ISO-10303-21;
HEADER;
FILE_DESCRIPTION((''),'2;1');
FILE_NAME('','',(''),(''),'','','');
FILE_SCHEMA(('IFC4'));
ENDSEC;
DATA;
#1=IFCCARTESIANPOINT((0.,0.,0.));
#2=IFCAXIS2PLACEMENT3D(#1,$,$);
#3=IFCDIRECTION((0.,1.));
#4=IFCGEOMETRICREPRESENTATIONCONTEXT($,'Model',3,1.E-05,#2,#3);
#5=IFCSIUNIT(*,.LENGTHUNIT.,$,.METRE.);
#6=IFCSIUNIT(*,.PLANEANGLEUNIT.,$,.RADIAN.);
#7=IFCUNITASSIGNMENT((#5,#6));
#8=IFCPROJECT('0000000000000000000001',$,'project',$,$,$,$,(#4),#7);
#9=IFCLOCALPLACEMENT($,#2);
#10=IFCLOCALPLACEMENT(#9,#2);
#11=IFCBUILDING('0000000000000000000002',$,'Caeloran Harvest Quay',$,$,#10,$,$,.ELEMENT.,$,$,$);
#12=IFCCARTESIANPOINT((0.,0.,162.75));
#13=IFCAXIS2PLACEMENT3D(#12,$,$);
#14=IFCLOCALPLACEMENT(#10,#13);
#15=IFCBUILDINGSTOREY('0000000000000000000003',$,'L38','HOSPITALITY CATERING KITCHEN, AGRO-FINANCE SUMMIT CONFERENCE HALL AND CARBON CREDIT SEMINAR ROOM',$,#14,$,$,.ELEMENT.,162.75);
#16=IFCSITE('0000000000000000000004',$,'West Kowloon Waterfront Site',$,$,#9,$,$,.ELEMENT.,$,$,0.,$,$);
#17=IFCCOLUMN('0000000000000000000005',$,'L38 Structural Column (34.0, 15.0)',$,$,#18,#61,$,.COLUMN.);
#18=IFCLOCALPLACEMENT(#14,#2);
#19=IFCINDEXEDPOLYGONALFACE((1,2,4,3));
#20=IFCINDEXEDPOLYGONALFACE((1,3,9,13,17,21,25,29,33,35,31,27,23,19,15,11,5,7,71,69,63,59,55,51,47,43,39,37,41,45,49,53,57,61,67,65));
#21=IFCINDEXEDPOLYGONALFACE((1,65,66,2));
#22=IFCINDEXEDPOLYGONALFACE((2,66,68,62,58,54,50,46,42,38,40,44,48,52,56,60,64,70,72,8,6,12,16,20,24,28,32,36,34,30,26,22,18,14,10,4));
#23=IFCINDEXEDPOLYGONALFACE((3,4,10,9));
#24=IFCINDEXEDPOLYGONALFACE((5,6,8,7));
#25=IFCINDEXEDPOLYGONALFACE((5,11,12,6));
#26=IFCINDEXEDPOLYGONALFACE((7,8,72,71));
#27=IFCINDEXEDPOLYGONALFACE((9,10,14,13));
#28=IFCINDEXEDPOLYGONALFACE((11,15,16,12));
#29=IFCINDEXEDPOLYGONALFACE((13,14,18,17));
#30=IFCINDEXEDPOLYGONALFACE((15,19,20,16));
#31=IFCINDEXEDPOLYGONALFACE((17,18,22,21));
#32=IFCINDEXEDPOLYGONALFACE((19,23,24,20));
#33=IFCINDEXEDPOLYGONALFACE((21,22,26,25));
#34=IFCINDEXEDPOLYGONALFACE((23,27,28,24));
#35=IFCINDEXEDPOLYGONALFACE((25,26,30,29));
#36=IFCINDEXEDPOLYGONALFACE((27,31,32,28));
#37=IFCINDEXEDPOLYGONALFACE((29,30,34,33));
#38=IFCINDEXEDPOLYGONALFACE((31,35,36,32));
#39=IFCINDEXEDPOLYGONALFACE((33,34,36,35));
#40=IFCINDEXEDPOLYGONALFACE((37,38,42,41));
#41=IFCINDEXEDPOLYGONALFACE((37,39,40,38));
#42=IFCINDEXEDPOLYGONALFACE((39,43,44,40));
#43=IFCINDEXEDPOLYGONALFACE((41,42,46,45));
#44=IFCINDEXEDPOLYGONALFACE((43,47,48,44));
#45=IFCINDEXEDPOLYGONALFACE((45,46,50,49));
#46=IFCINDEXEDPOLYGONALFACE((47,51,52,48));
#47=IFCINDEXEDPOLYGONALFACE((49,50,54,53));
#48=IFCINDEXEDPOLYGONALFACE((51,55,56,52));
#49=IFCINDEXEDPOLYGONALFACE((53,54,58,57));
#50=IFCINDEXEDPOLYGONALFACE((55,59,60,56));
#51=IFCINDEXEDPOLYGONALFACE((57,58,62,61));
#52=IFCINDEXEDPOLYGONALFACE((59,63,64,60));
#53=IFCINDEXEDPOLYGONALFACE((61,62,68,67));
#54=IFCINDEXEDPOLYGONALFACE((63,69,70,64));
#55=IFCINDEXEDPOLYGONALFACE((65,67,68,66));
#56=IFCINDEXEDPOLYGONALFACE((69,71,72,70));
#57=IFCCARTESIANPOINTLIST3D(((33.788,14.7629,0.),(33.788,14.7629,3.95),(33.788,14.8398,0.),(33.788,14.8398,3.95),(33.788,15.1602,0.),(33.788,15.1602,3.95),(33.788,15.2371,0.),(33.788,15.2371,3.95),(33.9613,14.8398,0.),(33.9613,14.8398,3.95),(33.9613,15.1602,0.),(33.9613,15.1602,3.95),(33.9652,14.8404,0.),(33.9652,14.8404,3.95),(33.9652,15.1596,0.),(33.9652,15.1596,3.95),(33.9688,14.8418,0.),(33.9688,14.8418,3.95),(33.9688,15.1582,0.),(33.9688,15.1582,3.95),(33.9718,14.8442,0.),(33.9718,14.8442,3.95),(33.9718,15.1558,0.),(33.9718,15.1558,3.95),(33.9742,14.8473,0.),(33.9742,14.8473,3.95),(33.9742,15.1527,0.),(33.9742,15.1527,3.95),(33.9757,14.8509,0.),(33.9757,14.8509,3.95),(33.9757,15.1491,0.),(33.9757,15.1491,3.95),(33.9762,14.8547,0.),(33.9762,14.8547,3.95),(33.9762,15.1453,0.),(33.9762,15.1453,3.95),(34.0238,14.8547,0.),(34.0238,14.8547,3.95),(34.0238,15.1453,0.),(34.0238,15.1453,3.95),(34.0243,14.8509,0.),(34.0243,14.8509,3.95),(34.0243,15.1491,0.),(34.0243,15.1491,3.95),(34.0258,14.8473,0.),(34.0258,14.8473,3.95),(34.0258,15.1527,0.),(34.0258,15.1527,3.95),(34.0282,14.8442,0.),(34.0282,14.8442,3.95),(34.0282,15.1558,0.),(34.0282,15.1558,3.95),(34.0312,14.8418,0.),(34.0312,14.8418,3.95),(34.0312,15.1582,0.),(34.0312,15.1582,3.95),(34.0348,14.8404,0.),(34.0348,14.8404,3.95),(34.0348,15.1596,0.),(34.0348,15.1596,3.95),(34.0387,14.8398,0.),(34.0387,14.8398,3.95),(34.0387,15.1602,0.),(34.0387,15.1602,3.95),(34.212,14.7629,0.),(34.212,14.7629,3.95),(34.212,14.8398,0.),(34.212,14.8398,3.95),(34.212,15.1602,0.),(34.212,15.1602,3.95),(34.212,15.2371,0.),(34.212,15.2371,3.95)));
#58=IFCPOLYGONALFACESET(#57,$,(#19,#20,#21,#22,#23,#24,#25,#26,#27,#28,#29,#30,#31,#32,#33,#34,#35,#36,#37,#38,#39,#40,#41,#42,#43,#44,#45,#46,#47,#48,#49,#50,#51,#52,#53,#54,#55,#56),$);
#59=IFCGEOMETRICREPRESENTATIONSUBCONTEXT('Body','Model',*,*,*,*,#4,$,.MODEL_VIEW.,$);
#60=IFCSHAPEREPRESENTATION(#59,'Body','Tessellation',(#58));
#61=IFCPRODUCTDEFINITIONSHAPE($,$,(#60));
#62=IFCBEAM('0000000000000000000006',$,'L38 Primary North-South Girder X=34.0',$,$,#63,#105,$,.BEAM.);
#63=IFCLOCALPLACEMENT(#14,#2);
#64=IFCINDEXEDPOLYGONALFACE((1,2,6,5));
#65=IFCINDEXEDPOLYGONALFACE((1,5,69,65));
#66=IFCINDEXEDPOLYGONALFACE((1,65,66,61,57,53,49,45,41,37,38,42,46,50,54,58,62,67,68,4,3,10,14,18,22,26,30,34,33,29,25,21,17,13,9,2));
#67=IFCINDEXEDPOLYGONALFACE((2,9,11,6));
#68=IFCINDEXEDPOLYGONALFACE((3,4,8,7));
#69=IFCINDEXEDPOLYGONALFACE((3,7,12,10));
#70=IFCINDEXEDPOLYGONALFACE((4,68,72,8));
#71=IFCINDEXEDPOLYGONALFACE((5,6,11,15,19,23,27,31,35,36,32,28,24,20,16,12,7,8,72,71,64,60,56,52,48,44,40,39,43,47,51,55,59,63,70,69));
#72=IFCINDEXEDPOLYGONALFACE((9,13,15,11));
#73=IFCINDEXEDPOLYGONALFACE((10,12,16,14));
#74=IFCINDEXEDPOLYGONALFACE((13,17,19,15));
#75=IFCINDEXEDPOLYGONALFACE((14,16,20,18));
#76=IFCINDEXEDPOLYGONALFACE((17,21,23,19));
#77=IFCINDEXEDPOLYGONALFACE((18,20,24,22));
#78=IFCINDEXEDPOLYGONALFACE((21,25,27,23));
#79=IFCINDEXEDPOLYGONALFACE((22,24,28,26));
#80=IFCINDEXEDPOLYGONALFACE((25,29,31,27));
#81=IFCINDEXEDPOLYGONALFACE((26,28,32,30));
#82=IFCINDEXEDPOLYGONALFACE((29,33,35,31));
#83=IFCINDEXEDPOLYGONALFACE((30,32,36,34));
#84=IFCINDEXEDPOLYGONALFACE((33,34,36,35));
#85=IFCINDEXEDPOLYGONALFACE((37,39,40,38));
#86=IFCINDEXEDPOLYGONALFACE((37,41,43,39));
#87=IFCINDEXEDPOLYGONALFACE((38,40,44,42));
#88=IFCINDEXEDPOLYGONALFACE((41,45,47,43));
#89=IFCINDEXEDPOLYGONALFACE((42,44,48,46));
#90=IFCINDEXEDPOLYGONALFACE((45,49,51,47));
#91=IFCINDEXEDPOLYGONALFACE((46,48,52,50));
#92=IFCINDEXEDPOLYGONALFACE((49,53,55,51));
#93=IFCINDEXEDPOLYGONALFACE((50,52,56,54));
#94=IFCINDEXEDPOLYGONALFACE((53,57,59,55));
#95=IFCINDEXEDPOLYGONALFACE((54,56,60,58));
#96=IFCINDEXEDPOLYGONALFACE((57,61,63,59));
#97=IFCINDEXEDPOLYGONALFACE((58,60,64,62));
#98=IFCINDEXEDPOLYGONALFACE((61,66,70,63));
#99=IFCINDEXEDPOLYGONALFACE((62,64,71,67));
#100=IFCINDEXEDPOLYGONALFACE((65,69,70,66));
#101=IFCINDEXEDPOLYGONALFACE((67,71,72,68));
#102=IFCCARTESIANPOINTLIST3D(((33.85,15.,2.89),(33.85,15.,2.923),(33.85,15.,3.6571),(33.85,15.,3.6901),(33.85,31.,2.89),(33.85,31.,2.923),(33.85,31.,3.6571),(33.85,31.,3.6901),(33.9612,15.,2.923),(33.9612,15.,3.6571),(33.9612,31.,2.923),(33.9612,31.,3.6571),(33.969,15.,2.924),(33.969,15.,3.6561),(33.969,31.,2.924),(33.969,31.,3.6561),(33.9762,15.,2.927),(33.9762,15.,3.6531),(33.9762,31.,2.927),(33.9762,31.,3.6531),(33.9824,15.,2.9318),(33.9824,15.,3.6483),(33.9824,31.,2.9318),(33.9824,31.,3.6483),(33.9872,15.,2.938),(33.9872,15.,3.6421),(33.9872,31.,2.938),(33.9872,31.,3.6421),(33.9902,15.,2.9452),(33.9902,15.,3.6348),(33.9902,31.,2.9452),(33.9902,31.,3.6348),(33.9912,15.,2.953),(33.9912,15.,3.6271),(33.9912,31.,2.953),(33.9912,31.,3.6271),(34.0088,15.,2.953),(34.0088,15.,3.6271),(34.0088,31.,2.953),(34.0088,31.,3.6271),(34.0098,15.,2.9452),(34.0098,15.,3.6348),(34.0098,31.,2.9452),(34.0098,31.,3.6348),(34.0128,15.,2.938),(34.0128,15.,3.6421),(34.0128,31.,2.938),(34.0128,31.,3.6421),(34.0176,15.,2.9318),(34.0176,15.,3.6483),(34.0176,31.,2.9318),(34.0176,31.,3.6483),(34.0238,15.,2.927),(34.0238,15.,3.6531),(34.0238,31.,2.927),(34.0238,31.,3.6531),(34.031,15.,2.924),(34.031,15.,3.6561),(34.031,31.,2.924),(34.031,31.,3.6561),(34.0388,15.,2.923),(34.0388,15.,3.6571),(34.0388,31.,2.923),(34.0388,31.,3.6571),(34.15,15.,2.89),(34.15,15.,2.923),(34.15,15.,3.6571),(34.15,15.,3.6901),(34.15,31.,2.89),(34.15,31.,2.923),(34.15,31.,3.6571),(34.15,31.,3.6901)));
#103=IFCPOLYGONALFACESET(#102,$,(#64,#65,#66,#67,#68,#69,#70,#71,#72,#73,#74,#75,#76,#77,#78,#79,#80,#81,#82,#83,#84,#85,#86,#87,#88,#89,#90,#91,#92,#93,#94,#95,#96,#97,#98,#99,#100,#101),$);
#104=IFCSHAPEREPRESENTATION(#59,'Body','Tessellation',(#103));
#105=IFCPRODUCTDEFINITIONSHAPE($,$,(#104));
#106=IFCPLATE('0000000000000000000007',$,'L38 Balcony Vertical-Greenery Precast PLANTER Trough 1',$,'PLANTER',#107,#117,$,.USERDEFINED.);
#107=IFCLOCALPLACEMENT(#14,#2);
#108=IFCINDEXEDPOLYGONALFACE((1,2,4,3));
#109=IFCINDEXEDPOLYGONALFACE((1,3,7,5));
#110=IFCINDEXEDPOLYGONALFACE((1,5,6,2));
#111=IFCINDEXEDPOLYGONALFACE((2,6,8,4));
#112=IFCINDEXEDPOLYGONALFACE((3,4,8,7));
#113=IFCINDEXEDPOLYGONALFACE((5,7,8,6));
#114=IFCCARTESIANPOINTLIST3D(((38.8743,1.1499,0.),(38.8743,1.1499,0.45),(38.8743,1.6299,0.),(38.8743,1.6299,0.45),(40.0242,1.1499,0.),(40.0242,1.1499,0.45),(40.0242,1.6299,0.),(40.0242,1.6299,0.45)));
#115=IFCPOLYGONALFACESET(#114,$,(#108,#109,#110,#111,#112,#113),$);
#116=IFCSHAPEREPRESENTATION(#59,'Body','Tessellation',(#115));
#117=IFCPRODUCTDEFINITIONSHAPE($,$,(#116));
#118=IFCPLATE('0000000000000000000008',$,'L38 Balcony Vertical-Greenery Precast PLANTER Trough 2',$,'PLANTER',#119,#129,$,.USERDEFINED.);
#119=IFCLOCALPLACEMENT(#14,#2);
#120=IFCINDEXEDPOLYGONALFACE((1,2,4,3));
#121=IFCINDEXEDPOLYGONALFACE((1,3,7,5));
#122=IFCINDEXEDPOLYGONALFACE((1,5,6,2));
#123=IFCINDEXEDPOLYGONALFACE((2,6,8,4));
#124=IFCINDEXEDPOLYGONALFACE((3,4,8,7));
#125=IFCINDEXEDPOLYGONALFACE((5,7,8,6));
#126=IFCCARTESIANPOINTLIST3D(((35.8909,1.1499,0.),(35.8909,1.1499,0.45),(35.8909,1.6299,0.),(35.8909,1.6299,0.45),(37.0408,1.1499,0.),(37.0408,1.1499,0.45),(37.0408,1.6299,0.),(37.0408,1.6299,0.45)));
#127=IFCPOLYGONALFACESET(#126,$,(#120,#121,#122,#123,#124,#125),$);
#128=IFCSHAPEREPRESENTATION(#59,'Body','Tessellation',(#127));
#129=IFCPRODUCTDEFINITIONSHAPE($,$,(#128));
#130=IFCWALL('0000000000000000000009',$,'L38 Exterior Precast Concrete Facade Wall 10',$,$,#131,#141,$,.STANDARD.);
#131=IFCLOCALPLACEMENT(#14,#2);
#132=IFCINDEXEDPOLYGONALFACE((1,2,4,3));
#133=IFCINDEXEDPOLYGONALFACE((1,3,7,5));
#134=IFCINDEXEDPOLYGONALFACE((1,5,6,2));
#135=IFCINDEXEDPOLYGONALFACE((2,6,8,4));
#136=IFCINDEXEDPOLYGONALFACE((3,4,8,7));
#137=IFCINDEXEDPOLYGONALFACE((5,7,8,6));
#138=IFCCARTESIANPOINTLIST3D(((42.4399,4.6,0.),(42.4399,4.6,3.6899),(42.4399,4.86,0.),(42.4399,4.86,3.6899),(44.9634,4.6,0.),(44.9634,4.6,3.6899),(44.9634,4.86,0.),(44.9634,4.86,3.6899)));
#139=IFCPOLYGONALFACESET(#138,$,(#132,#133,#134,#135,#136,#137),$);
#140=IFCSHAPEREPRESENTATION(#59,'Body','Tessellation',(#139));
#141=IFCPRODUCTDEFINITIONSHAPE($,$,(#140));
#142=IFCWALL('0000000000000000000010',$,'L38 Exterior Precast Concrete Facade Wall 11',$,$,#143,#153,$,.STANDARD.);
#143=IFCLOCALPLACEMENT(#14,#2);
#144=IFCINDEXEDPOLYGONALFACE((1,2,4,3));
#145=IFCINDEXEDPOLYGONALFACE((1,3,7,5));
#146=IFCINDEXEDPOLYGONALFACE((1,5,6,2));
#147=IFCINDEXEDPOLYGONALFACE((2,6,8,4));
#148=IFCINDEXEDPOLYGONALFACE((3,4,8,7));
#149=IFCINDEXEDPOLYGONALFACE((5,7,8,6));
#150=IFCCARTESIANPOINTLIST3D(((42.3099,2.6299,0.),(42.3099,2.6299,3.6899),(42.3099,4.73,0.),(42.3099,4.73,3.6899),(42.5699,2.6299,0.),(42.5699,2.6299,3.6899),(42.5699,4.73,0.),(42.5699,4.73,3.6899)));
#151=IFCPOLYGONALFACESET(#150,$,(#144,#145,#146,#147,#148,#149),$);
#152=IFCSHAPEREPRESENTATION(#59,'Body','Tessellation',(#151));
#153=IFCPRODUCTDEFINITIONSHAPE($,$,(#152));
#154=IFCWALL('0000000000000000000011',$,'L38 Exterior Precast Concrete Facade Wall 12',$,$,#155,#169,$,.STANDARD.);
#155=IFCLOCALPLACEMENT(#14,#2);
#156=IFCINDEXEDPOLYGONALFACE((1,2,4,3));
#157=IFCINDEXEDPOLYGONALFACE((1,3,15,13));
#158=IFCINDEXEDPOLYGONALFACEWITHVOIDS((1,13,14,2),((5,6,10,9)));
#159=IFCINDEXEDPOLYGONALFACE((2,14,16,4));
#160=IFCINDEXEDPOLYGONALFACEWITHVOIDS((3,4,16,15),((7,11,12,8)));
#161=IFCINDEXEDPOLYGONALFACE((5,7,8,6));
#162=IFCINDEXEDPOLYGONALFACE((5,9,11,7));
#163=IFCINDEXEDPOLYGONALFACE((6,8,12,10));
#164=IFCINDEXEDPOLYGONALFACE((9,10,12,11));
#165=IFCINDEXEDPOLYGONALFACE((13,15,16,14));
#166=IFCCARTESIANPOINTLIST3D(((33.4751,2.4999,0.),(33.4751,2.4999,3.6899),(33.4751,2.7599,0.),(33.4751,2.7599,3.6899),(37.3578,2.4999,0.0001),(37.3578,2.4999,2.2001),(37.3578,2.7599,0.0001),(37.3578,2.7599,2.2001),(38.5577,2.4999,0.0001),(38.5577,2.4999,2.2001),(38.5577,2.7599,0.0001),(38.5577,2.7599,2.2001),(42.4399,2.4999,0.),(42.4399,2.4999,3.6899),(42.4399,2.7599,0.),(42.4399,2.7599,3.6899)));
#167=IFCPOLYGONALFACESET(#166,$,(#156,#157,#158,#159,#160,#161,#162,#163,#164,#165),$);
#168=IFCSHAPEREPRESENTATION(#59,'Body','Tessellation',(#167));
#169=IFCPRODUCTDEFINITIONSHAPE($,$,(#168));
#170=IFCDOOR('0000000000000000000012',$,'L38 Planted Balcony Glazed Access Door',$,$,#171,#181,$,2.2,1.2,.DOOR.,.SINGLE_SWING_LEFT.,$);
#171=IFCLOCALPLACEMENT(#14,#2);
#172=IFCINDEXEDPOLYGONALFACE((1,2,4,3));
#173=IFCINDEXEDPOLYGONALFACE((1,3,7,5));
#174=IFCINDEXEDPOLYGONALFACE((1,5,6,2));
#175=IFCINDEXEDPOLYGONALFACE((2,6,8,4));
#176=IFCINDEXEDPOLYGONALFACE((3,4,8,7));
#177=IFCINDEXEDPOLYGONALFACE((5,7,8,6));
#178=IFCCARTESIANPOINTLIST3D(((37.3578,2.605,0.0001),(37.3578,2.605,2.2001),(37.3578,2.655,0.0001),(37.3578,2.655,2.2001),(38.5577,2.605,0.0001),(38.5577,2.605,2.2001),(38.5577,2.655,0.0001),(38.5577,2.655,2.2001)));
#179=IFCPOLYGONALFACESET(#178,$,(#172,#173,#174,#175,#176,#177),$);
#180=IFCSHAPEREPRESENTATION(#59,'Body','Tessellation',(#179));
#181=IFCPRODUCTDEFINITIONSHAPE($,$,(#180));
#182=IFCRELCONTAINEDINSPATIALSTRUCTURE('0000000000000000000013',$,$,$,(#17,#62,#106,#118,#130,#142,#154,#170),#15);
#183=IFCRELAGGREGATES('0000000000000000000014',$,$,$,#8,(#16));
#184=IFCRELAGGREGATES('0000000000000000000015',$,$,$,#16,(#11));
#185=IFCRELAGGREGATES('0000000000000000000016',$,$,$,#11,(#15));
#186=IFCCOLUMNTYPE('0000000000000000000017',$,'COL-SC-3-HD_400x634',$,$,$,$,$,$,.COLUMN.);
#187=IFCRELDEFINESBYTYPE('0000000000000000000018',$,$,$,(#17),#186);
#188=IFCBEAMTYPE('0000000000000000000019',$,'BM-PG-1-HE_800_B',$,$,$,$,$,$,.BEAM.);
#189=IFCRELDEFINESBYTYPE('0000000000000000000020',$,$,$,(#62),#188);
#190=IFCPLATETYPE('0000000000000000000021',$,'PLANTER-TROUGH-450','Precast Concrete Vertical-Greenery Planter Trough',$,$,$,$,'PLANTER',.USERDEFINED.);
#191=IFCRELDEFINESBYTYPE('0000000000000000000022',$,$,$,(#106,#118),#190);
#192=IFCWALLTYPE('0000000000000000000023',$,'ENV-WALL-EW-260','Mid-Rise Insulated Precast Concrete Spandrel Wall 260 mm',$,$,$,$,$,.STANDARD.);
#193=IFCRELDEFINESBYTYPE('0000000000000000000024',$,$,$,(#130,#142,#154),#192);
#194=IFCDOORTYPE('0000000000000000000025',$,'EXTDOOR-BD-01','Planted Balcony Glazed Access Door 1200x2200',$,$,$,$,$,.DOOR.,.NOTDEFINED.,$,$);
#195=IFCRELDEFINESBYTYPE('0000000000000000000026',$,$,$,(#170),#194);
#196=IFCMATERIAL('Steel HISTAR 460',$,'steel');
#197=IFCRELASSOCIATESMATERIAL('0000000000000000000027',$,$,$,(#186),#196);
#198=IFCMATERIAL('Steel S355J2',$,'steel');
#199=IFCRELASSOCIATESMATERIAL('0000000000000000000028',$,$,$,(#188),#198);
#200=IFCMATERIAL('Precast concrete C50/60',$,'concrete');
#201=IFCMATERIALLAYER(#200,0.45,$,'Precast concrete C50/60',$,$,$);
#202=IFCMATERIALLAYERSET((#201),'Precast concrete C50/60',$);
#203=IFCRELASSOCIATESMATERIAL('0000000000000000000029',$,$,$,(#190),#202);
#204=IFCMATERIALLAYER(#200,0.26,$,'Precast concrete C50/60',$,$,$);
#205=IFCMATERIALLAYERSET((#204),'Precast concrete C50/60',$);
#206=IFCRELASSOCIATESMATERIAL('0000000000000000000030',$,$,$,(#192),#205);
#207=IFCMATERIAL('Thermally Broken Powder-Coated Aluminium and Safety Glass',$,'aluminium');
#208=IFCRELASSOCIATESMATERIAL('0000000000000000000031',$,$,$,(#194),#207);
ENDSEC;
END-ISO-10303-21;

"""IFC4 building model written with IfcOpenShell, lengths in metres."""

from ifc_helpers import new_model, si_unit, direction, frame, frame_2d, origin, origin_2d, place, context, subcontext, project, spatial, rectangle, i_section, extrude, material, layer, layer_set, material_profile, profile_set, type_object, element, fill, save


model = new_model("IFC4")

# Units and contexts
model_context = context("Model", 3, precision=1e-05, world=origin(), true_north=direction((0.0, 1.0)))
body_context = subcontext(model_context, "Body", "Model", "MODEL_VIEW")
ifc_project = project(units=[si_unit("LENGTHUNIT", "METRE"), si_unit("PLANEANGLEUNIT", "RADIAN")], contexts=[model_context])

# Site, building, storey
site_placement = place(None, origin())
site = spatial("IfcSite", under=ifc_project, at=site_placement, Name="West Kowloon Waterfront Site", CompositionType="ELEMENT", RefElevation=0.0)
building_placement = place(site_placement, origin())
building = spatial("IfcBuilding", under=site, at=building_placement, Name="Caeloran Harvest Quay", CompositionType="ELEMENT")
storey_placement = place(building_placement, frame((0.0, 0.0, 162.75)))
storey = spatial("IfcBuildingStorey", under=building, at=storey_placement, Name="L38", Description="HOSPITALITY CATERING KITCHEN, AGRO-FINANCE SUMMIT CONFERENCE HALL AND CARBON CREDIT SEMINAR ROOM", CompositionType="ELEMENT", Elevation=162.75)

# Column
ifc_material_1 = material(Name="Steel HISTAR 460", Category="steel")
ifc_material_profile_1 = material_profile(ifc_material_1, i_section(OverallWidth=0.4241, OverallDepth=0.4741, WebThickness=0.0476, FlangeThickness=0.0769, FilletRadius=0.0149, at=origin_2d()), Name="HD 400x634")
ifc_profile_set_1 = profile_set([ifc_material_profile_1], Name="Steel HISTAR 460")
column_type = type_object("IfcColumnType", Name="COL-SC-3-HD_400x634", PredefinedType="COLUMN", material=ifc_profile_set_1)
column_placement = place(storey_placement, frame((34.0, 15.0, 0.0), z_axis=(0.0, 0.0, 1.0), x_axis=(1.0, 0.0, 0.0)))
element("IfcColumn", 1, at=column_placement, inside=storey, type_object=column_type, Name="L38 Structural Column (34.0, 15.0)", PredefinedType="COLUMN", context=body_context, shape_type="SweptSolid", body=[
    extrude(i_section(OverallWidth=0.4241, OverallDepth=0.4741, WebThickness=0.0476, FlangeThickness=0.0769, FilletRadius=0.0149, at=origin_2d()), origin(), (0.0, 0.0, 1.0), 3.95),
])

# Beam
ifc_material_2 = material(Name="Steel S355J2", Category="steel")
ifc_material_profile_2 = material_profile(ifc_material_2, i_section(OverallWidth=0.3, OverallDepth=0.8, WebThickness=0.0176, FlangeThickness=0.033, FilletRadius=0.03, at=origin_2d()), Name="HE 800 B")
ifc_profile_set_2 = profile_set([ifc_material_profile_2], Name="Steel S355J2")
beam_type = type_object("IfcBeamType", Name="BM-PG-1-HE_800_B", PredefinedType="BEAM", material=ifc_profile_set_2)
beam_placement = place(storey_placement, frame((34.0, 15.0, 3.29), z_axis=(0.0, 1.0, 0.0), x_axis=(-1.0, 0.0, 0.0)))
element("IfcBeam", 2, at=beam_placement, inside=storey, type_object=beam_type, Name="L38 Primary North-South Girder X=34.0", PredefinedType="BEAM", context=body_context, shape_type="SweptSolid", body=[
    extrude(i_section(OverallWidth=0.3, OverallDepth=0.8, WebThickness=0.0176, FlangeThickness=0.033, FilletRadius=0.03, at=origin_2d()), origin(), (0.0, 0.0, 1.0), 16.0),
])

# Plates
ifc_material_3 = material(Name="Precast concrete C50/60", Category="concrete")
ifc_layer_1 = layer(ifc_material_3, 0.45, Name="Precast concrete C50/60")
ifc_layer_set_1 = layer_set([ifc_layer_1], Name="Precast concrete C50/60")
plate_type = type_object("IfcPlateType", Name="PLANTER-TROUGH-450", Description="Precast Concrete Vertical-Greenery Planter Trough", ElementType="PLANTER", PredefinedType="USERDEFINED", material=ifc_layer_set_1)
for number, where, z_axis, x_axis, name in (
    (3, (39.4492, 1.3899, 0.0), (0.0, 0.0, 1.0), (1.0, 0.0, 0.0), "L38 Balcony Vertical-Greenery Precast PLANTER Trough 1"),
    (4, (36.4658, 1.3899, 0.0), (0.0, 0.0, 1.0), (1.0, 0.0, 0.0), "L38 Balcony Vertical-Greenery Precast PLANTER Trough 2"),
):
    element("IfcPlate", number, at=place(storey_placement, frame(where, z_axis=z_axis, x_axis=x_axis)), inside=storey, type_object=plate_type, Name=name, ObjectType="PLANTER", PredefinedType="USERDEFINED", context=body_context, shape_type="SweptSolid", body=[
        extrude(rectangle(XDim=1.1499, YDim=0.48, at=origin_2d()), origin(), (0.0, 0.0, 1.0), 0.45),
    ])

# Walls
ifc_layer_2 = layer(ifc_material_3, 0.26, Name="Precast concrete C50/60")
ifc_layer_set_2 = layer_set([ifc_layer_2], Name="Precast concrete C50/60")
wall_type_1 = type_object("IfcWallType", Name="ENV-WALL-EW-260", Description="Mid-Rise Insulated Precast Concrete Spandrel Wall 260 mm", PredefinedType="STANDARD", material=ifc_layer_set_2)
wall_1_placement = place(storey_placement, frame((44.9634, 4.73, 0.0), z_axis=(0.0, 0.0, 1.0), x_axis=(-1.0, 0.0, 0.0)))
element("IfcWall", 5, at=wall_1_placement, inside=storey, type_object=wall_type_1, Name="L38 Exterior Precast Concrete Facade Wall 10", PredefinedType="STANDARD", context=body_context, shape_type="SweptSolid", body=[
    extrude(rectangle(XDim=2.5234, YDim=0.26, at=frame_2d((1.2617, 0.0))), origin(), (0.0, 0.0, 1.0), 3.6899),
])
wall_2_placement = place(storey_placement, frame((42.4399, 4.73, 0.0), z_axis=(0.0, 0.0, 1.0), x_axis=(0.0, -1.0, 0.0)))
element("IfcWall", 6, at=wall_2_placement, inside=storey, type_object=wall_type_1, Name="L38 Exterior Precast Concrete Facade Wall 11", PredefinedType="STANDARD", context=body_context, shape_type="SweptSolid", body=[
    extrude(rectangle(XDim=2.1001, YDim=0.26, at=frame_2d((1.05, 0.0))), origin(), (0.0, 0.0, 1.0), 3.6899),
])

# Wall, opening, door
wall_3_placement = place(storey_placement, frame((42.4399, 2.6299, 0.0), z_axis=(0.0, 0.0, 1.0), x_axis=(-1.0, 0.0, 0.0)))
wall_3 = element("IfcWall", 7, at=wall_3_placement, inside=storey, type_object=wall_type_1, Name="L38 Exterior Precast Concrete Facade Wall 12", PredefinedType="STANDARD", context=body_context, shape_type="SweptSolid", body=[
    extrude(rectangle(XDim=8.9648, YDim=0.26, at=frame_2d((4.4824, 0.0))), origin(), (0.0, 0.0, 1.0), 3.6899),
])
opening_1_placement = place(wall_3_placement, frame((3.8821, 0.0, 0.0)))
opening_1 = element("IfcOpeningElement", 8, at=opening_1_placement, cuts=wall_3, PredefinedType="OPENING", context=body_context, shape_type="SweptSolid", body=[
    extrude(rectangle(XDim=1.2, YDim=2.2, at=frame_2d((0.6001, 1.1001))), frame((0.0, 0.1401, 0.0), z_axis=(0.0, -1.0, 0.0), x_axis=(1.0, 0.0, 0.0)), (0.0, 0.0, 1.0), 0.28),
])
ifc_material_4 = material(Name="Thermally Broken Powder-Coated Aluminium and Safety Glass", Category="aluminium")
door_type = type_object("IfcDoorType", Name="EXTDOOR-BD-01", Description="Planted Balcony Glazed Access Door 1200x2200", OperationType="NOTDEFINED", PredefinedType="DOOR", material=ifc_material_4)
door_placement = place(opening_1_placement, origin())
door = element("IfcDoor", 9, at=door_placement, inside=storey, type_object=door_type, Name="L38 Planted Balcony Glazed Access Door", OperationType="SINGLE_SWING_LEFT", OverallHeight=2.2, OverallWidth=1.2, PredefinedType="DOOR", context=body_context, shape_type="SweptSolid", body=[
    extrude(rectangle(XDim=1.2, YDim=2.2, at=frame_2d((0.6001, 1.1001))), frame((0.0, 0.0249, 0.0), z_axis=(0.0, -1.0, 0.0), x_axis=(1.0, 0.0, 0.0)), (0.0, 0.0, 1.0), 0.05),
])
fill(opening_1, door)

save(model, "model.ifc")
